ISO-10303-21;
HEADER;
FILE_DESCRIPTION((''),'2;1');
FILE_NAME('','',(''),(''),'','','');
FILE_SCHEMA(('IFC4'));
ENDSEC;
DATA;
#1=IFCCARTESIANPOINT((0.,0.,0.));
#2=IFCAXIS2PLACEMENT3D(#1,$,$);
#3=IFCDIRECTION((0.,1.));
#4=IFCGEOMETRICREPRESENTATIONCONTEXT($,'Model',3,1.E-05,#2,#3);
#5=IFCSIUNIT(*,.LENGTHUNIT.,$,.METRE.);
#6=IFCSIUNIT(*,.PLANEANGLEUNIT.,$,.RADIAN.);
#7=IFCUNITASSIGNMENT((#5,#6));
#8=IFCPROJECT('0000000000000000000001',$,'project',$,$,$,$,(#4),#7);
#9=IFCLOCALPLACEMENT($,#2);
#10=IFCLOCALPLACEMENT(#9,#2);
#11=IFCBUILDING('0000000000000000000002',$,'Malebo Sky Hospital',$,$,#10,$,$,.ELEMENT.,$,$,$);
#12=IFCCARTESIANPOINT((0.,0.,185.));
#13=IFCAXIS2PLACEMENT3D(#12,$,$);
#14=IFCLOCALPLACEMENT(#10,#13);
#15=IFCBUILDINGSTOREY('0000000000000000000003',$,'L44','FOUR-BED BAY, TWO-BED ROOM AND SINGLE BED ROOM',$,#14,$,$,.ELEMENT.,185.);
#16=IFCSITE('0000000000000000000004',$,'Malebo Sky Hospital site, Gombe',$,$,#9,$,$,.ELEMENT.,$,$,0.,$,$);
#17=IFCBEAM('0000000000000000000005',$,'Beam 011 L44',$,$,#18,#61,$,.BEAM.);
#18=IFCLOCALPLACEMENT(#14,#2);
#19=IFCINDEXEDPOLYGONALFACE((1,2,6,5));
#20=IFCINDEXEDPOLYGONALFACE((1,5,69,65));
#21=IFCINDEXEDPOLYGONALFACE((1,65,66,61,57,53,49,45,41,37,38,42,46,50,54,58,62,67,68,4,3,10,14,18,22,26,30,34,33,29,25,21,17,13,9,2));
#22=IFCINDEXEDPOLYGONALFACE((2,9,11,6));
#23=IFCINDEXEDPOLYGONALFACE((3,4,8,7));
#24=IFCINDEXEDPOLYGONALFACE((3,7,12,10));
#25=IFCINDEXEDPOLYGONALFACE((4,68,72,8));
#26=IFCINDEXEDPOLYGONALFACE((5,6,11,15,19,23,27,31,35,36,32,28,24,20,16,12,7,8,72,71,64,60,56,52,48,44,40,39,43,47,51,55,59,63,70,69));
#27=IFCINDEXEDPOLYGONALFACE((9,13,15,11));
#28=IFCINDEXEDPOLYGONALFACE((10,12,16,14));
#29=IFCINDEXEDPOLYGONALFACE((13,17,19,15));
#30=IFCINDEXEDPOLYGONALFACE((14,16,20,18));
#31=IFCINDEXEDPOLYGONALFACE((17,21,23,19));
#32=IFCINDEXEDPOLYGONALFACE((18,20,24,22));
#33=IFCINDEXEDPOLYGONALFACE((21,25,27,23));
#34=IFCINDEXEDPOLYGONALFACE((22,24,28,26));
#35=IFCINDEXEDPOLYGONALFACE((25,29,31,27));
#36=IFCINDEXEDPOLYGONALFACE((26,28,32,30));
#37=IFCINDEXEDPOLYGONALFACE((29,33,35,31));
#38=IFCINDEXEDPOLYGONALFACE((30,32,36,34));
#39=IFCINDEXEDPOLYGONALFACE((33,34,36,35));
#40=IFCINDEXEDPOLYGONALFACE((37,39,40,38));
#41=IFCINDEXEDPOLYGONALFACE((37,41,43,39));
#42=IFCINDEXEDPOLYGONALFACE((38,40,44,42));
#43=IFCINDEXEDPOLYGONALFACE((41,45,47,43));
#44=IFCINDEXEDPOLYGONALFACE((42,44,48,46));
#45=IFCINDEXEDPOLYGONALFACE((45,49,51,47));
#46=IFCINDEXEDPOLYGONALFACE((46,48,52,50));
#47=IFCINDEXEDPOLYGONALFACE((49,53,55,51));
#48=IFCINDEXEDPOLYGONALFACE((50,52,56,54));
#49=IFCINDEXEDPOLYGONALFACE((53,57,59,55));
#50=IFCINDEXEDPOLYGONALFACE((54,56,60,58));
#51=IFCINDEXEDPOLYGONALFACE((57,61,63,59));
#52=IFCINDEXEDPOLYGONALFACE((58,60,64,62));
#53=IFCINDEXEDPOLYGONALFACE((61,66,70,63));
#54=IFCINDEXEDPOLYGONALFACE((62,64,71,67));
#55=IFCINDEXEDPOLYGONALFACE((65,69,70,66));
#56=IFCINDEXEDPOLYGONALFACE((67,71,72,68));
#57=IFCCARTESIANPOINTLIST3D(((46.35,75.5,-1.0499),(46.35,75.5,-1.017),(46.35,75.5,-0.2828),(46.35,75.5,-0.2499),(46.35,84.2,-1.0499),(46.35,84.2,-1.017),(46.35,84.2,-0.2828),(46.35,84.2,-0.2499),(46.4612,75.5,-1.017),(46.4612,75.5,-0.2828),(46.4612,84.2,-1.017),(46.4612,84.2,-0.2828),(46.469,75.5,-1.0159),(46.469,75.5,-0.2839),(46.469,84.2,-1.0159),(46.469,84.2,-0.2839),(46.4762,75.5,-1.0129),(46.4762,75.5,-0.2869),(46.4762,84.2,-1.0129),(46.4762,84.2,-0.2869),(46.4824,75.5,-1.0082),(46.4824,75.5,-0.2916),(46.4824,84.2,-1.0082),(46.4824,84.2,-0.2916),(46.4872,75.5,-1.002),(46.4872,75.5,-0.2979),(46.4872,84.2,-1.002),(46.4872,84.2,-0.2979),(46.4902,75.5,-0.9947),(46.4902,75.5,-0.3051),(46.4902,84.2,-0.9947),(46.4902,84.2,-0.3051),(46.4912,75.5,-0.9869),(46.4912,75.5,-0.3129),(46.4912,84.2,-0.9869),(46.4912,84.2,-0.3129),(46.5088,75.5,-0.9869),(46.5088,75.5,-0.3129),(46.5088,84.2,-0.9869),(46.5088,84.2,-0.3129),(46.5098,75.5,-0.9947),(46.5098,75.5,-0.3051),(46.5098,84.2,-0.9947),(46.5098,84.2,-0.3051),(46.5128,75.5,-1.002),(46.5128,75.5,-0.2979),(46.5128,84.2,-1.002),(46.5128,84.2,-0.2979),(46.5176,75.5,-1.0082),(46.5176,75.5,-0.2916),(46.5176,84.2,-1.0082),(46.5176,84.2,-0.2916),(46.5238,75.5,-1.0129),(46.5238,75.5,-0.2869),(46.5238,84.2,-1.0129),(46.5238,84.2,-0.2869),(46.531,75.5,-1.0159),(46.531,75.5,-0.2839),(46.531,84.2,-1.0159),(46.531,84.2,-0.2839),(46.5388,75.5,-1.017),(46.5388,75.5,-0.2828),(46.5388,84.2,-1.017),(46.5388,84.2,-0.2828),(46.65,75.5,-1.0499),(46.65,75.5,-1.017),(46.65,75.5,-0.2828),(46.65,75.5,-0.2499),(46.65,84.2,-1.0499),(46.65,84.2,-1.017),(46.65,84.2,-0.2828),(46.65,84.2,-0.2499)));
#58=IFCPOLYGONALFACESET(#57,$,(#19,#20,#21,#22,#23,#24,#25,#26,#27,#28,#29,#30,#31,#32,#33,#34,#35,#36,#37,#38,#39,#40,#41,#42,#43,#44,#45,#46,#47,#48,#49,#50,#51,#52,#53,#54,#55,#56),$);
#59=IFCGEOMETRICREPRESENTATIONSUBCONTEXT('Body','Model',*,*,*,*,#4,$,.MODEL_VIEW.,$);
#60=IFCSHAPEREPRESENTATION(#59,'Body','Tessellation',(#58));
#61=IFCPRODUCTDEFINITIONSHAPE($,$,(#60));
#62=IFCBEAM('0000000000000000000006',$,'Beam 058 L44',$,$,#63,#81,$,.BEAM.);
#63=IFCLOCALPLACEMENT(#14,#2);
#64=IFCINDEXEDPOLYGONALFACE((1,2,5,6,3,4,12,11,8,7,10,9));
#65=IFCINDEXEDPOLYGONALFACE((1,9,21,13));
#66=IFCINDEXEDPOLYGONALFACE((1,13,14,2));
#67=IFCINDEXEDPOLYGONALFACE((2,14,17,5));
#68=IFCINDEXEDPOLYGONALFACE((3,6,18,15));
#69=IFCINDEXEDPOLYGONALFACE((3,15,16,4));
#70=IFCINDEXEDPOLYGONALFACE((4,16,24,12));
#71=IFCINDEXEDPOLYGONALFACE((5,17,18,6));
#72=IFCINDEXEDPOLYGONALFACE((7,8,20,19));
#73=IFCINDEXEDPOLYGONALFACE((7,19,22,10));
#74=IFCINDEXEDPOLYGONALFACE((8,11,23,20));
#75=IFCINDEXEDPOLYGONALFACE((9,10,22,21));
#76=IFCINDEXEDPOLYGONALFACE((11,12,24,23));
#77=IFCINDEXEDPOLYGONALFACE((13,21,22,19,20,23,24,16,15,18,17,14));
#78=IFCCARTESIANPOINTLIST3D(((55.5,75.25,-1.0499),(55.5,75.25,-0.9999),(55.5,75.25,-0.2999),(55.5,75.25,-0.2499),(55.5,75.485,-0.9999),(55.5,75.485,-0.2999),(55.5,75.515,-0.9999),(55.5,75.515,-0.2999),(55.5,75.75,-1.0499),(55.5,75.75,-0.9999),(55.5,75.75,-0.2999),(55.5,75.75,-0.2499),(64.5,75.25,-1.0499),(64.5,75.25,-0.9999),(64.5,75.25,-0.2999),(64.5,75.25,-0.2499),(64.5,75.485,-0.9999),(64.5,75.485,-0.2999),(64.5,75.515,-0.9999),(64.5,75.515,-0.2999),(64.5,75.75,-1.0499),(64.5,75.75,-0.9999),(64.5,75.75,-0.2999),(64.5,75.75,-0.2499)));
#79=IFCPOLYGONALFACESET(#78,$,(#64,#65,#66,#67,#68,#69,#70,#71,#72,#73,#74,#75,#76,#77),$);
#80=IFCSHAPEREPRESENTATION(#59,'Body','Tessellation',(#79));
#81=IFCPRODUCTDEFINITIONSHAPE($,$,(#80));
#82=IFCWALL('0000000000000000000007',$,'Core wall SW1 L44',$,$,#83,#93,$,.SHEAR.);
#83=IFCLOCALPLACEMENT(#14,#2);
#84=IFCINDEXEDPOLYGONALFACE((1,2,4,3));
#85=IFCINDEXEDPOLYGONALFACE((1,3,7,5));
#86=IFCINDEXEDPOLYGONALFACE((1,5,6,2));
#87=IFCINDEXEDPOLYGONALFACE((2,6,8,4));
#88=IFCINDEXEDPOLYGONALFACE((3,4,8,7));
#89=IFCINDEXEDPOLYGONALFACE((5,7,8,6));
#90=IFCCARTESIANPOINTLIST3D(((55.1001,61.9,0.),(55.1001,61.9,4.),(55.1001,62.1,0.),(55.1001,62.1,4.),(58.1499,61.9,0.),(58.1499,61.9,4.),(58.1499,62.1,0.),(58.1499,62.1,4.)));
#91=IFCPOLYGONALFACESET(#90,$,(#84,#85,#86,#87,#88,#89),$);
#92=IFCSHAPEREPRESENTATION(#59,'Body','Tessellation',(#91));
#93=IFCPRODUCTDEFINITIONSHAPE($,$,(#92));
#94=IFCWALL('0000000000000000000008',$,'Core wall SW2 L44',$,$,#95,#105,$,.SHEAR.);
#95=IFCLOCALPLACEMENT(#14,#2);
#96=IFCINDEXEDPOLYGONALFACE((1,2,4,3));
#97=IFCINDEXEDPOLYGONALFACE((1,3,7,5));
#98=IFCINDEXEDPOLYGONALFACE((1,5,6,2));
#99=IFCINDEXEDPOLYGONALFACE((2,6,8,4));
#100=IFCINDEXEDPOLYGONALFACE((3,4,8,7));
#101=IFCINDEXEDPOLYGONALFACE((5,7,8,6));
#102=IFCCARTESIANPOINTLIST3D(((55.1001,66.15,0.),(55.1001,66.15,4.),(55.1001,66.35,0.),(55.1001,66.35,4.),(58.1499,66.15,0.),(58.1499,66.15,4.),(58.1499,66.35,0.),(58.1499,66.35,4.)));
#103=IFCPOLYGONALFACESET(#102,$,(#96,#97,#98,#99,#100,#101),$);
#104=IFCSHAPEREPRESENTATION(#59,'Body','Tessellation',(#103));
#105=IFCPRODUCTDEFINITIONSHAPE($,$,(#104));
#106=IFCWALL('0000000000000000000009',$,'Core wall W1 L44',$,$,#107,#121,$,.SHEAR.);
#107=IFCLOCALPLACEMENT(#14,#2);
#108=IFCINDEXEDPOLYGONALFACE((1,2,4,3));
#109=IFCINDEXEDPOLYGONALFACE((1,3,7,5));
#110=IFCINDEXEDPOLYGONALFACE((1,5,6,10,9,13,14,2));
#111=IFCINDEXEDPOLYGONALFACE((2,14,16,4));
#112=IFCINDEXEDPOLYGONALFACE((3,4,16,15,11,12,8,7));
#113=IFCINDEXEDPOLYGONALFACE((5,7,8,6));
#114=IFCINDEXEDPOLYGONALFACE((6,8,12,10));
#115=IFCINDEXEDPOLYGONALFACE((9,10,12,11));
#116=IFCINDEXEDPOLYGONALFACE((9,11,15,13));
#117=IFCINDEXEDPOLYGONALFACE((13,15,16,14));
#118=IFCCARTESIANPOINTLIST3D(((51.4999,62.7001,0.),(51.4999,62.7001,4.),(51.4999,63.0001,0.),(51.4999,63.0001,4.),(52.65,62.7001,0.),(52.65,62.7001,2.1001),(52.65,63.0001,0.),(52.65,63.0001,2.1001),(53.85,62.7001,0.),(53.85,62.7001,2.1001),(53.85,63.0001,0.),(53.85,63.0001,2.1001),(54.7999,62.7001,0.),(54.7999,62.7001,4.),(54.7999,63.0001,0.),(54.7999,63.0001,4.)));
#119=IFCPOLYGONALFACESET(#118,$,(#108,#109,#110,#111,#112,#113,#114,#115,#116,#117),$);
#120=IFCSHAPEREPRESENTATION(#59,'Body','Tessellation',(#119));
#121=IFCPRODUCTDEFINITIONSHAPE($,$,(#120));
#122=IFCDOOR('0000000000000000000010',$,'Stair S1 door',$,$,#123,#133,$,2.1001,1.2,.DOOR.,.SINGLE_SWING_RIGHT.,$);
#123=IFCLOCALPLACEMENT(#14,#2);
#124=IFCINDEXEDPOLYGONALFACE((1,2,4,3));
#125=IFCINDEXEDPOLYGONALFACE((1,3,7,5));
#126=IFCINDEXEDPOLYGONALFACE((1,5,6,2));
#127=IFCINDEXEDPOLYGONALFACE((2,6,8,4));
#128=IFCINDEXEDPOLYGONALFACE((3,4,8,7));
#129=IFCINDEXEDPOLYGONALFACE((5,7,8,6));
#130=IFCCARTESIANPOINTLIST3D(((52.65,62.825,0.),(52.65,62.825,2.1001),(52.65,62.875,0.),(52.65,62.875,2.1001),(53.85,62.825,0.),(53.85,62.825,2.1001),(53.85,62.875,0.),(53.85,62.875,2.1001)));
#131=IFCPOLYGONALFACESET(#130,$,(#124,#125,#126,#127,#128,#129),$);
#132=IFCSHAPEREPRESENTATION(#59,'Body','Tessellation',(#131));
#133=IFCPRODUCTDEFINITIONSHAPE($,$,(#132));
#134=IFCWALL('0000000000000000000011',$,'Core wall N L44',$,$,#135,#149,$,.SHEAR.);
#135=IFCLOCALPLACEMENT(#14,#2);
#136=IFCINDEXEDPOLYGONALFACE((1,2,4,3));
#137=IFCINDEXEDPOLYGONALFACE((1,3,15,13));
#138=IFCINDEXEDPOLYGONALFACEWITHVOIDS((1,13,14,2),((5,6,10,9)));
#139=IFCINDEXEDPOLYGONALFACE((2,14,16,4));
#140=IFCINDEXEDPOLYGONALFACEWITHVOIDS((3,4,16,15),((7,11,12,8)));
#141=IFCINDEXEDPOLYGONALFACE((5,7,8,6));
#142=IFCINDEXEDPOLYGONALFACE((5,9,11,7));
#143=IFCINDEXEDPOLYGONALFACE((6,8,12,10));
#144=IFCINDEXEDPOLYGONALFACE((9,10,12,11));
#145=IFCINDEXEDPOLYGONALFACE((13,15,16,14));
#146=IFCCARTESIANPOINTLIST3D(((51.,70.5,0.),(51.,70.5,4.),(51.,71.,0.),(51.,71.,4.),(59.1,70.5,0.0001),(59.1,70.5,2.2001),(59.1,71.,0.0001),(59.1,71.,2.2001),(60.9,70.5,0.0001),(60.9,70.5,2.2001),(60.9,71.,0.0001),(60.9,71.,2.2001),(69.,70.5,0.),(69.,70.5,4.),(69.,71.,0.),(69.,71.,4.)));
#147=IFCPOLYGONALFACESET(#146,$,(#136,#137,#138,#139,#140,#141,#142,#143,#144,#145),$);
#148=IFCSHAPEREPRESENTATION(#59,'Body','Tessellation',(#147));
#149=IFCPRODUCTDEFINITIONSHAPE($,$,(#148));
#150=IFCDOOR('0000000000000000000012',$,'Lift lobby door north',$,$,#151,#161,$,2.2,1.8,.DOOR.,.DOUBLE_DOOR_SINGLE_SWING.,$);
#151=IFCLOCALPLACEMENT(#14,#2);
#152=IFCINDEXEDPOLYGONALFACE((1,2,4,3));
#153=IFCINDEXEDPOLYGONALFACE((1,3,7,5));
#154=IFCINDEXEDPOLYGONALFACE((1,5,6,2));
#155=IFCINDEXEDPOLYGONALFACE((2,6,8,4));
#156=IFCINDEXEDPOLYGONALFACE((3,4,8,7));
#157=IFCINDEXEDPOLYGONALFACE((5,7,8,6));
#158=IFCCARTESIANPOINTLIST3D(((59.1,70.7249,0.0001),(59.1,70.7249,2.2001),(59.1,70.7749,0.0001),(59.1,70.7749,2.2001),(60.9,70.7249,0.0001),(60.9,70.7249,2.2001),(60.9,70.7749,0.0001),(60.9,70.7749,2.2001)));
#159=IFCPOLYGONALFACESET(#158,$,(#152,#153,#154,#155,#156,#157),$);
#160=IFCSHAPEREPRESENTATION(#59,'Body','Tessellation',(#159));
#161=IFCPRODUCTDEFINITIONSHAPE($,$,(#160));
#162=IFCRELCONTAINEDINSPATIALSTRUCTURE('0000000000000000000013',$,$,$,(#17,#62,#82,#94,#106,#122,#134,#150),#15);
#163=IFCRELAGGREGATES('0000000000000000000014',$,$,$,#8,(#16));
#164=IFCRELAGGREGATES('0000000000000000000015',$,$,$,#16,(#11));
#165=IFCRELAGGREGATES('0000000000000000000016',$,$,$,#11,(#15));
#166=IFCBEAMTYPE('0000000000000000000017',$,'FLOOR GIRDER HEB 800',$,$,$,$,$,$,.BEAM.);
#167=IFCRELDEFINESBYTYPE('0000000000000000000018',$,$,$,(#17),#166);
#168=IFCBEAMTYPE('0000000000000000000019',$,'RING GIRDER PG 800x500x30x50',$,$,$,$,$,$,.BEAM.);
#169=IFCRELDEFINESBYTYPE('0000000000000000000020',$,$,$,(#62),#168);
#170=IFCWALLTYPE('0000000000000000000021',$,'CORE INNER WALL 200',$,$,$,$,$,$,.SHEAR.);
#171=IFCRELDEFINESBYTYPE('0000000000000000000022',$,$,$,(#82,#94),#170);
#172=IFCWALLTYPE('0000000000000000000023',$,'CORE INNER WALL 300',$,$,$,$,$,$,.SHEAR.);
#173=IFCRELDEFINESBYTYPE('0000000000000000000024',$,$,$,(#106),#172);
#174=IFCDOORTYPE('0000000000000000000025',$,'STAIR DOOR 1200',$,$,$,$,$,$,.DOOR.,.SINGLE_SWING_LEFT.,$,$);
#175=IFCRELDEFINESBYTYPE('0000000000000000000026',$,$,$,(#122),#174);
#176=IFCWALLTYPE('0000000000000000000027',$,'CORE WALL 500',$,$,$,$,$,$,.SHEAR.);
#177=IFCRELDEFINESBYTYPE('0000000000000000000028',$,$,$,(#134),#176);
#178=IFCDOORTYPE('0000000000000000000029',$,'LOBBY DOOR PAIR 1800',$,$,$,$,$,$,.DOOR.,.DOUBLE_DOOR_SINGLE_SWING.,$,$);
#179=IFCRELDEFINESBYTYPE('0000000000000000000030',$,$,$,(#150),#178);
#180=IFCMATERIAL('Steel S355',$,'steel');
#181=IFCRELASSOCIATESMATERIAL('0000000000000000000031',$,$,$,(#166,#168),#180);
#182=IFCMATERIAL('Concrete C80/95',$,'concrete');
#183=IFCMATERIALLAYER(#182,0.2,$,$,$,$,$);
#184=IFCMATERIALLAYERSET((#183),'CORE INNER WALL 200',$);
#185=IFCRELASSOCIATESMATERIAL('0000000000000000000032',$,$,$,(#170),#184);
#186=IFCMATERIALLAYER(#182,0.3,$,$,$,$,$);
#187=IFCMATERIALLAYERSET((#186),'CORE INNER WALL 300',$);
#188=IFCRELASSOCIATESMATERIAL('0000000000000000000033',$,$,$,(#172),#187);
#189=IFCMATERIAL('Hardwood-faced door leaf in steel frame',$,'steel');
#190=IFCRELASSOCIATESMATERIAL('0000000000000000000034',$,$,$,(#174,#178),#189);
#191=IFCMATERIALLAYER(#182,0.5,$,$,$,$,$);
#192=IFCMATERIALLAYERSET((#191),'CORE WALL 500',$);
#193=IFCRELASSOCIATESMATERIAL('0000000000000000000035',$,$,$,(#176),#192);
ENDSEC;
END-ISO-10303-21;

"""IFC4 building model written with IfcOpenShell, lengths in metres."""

from ifc_helpers import new_model, si_unit, direction, frame, frame_2d, origin, origin_2d, place, context, subcontext, project, spatial, rectangle, i_section, extrude, material, layer, layer_set, material_profile, profile_set, type_object, element, fill, save


model = new_model("IFC4")

# Units and contexts
model_context = context("Model", 3, precision=1e-05, world=origin(), true_north=direction((0.0, 1.0)))
body_context = subcontext(model_context, "Body", "Model", "MODEL_VIEW")
ifc_project = project(units=[si_unit("LENGTHUNIT", "METRE"), si_unit("PLANEANGLEUNIT", "RADIAN")], contexts=[model_context])

# Site, building, storey
site_placement = place(None, origin())
site = spatial("IfcSite", under=ifc_project, at=site_placement, Name="Malebo Sky Hospital site, Gombe", CompositionType="ELEMENT", RefElevation=0.0)
building_placement = place(site_placement, origin())
building = spatial("IfcBuilding", under=site, at=building_placement, Name="Malebo Sky Hospital", CompositionType="ELEMENT")
storey_placement = place(building_placement, frame((0.0, 0.0, 185.0)))
storey = spatial("IfcBuildingStorey", under=building, at=storey_placement, Name="L44", Description="FOUR-BED BAY, TWO-BED ROOM AND SINGLE BED ROOM", CompositionType="ELEMENT", Elevation=185.0)

# Beams
ifc_material_1 = material(Name="Steel S355", Category="steel")
ifc_material_profile_1 = material_profile(ifc_material_1, i_section(OverallWidth=0.3, OverallDepth=0.8, WebThickness=0.0176, FlangeThickness=0.033, FilletRadius=0.03, at=origin_2d()), Name="HEB 800")
ifc_profile_set_1 = profile_set([ifc_material_profile_1], Name="Steel S355")
beam_type_1 = type_object("IfcBeamType", Name="FLOOR GIRDER HEB 800", PredefinedType="BEAM", material=ifc_profile_set_1)
beam_1_placement = place(storey_placement, frame((46.5, 75.5, -0.6499), z_axis=(0.0, 1.0, 0.0), x_axis=(-1.0, 0.0, 0.0)))
element("IfcBeam", 1, at=beam_1_placement, inside=storey, type_object=beam_type_1, Name="Beam 011 L44", PredefinedType="BEAM", context=body_context, shape_type="SweptSolid", body=[
    extrude(i_section(OverallWidth=0.3, OverallDepth=0.8, WebThickness=0.0176, FlangeThickness=0.033, FilletRadius=0.03, at=origin_2d()), origin(), (0.0, 0.0, 1.0), 8.7),
])
ifc_material_profile_2 = material_profile(ifc_material_1, i_section(OverallWidth=0.5, OverallDepth=0.8, WebThickness=0.03, FlangeThickness=0.05, at=origin_2d()), Name="PG 800x500x30x50")
ifc_profile_set_2 = profile_set([ifc_material_profile_2], Name="Steel S355")
beam_type_2 = type_object("IfcBeamType", Name="RING GIRDER PG 800x500x30x50", PredefinedType="BEAM", material=ifc_profile_set_2)
beam_2_placement = place(storey_placement, frame((55.5, 75.5, -0.6499), z_axis=(1.0, 0.0, 0.0), x_axis=(0.0, 1.0, 0.0)))
element("IfcBeam", 2, at=beam_2_placement, inside=storey, type_object=beam_type_2, Name="Beam 058 L44", PredefinedType="BEAM", context=body_context, shape_type="SweptSolid", body=[
    extrude(i_section(OverallWidth=0.5, OverallDepth=0.8, WebThickness=0.03, FlangeThickness=0.05, at=origin_2d()), origin(), (0.0, 0.0, 1.0), 9.0),
])

# Walls
ifc_material_2 = material(Name="Concrete C80/95", Category="concrete")
ifc_layer_1 = layer(ifc_material_2, 0.2)
ifc_layer_set_1 = layer_set([ifc_layer_1], Name="CORE INNER WALL 200")
wall_type_1 = type_object("IfcWallType", Name="CORE INNER WALL 200", PredefinedType="SHEAR", material=ifc_layer_set_1)
for number, where, z_axis, x_axis, name in (
    (3, (55.1001, 62.0, 0.0), (0.0, 0.0, 1.0), (1.0, 0.0, 0.0), "Core wall SW1 L44"),
    (4, (55.1001, 66.25, 0.0), (0.0, 0.0, 1.0), (1.0, 0.0, 0.0), "Core wall SW2 L44"),
):
    element("IfcWall", number, at=place(storey_placement, frame(where, z_axis=z_axis, x_axis=x_axis)), inside=storey, type_object=wall_type_1, Name=name, PredefinedType="SHEAR", context=body_context, shape_type="SweptSolid", body=[
        extrude(rectangle(XDim=3.0498, YDim=0.2, at=frame_2d((1.5249, 0.0))), origin(), (0.0, 0.0, 1.0), 4.0),
    ])

# Walls, openings, doors
ifc_layer_2 = layer(ifc_material_2, 0.3)
ifc_layer_set_2 = layer_set([ifc_layer_2], Name="CORE INNER WALL 300")
wall_type_2 = type_object("IfcWallType", Name="CORE INNER WALL 300", PredefinedType="SHEAR", material=ifc_layer_set_2)
wall_1_placement = place(storey_placement, frame((51.5, 62.8501, 0.0), z_axis=(0.0, 0.0, 1.0), x_axis=(1.0, 0.0, 0.0)))
wall_1 = element("IfcWall", 5, at=wall_1_placement, inside=storey, type_object=wall_type_2, Name="Core wall W1 L44", PredefinedType="SHEAR", context=body_context, shape_type="SweptSolid", body=[
    extrude(rectangle(XDim=3.3, YDim=0.3, at=frame_2d((1.6499, 0.0))), origin(), (0.0, 0.0, 1.0), 4.0),
])
opening_1_placement = place(wall_1_placement, frame((1.1499, 0.0, 0.0)))
opening_1 = element("IfcOpeningElement", 6, at=opening_1_placement, cuts=wall_1, PredefinedType="OPENING", context=body_context, shape_type="SweptSolid", body=[
    extrude(rectangle(XDim=1.2, YDim=2.1001, at=frame_2d((0.6001, 1.05))), frame((0.0, 0.1599, 0.0), z_axis=(0.0, -1.0, 0.0), x_axis=(1.0, 0.0, 0.0)), (0.0, 0.0, 1.0), 0.3201),
])
ifc_material_3 = material(Name="Hardwood-faced door leaf in steel frame", Category="steel")
door_type_1 = type_object("IfcDoorType", Name="STAIR DOOR 1200", OperationType="SINGLE_SWING_LEFT", PredefinedType="DOOR", material=ifc_material_3)
door_1_placement = place(opening_1_placement, origin())
door_1 = element("IfcDoor", 7, at=door_1_placement, inside=storey, type_object=door_type_1, Name="Stair S1 door", OperationType="SINGLE_SWING_RIGHT", OverallHeight=2.1001, OverallWidth=1.2, PredefinedType="DOOR", context=body_context, shape_type="SweptSolid", body=[
    extrude(rectangle(XDim=1.2, YDim=2.1001, at=frame_2d((0.6001, 1.05))), frame((0.0, 0.0249, 0.0), z_axis=(0.0, -1.0, 0.0), x_axis=(1.0, 0.0, 0.0)), (0.0, 0.0, 1.0), 0.05),
])
fill(opening_1, door_1)
ifc_layer_3 = layer(ifc_material_2, 0.5)
ifc_layer_set_3 = layer_set([ifc_layer_3], Name="CORE WALL 500")
wall_type_3 = type_object("IfcWallType", Name="CORE WALL 500", PredefinedType="SHEAR", material=ifc_layer_set_3)
wall_2_placement = place(storey_placement, frame((51.0, 70.75, 0.0), z_axis=(0.0, 0.0, 1.0), x_axis=(1.0, 0.0, 0.0)))
wall_2 = element("IfcWall", 8, at=wall_2_placement, inside=storey, type_object=wall_type_3, Name="Core wall N L44", PredefinedType="SHEAR", context=body_context, shape_type="SweptSolid", body=[
    extrude(rectangle(XDim=18.0, YDim=0.5, at=frame_2d((9.0, 0.0))), origin(), (0.0, 0.0, 1.0), 4.0),
])
opening_2_placement = place(wall_2_placement, frame((8.1001, 0.0, 0.0)))
opening_2 = element("IfcOpeningElement", 9, at=opening_2_placement, cuts=wall_2, PredefinedType="OPENING", context=body_context, shape_type="SweptSolid", body=[
    extrude(rectangle(XDim=1.8, YDim=2.2, at=frame_2d((0.8999, 1.1001))), frame((0.0, 0.26, 0.0), z_axis=(0.0, -1.0, 0.0), x_axis=(1.0, 0.0, 0.0)), (0.0, 0.0, 1.0), 0.52),
])
door_type_2 = type_object("IfcDoorType", Name="LOBBY DOOR PAIR 1800", OperationType="DOUBLE_DOOR_SINGLE_SWING", PredefinedType="DOOR", material=ifc_material_3)
door_2_placement = place(opening_2_placement, origin())
door_2 = element("IfcDoor", 10, at=door_2_placement, inside=storey, type_object=door_type_2, Name="Lift lobby door north", OperationType="DOUBLE_DOOR_SINGLE_SWING", OverallHeight=2.2, OverallWidth=1.8, PredefinedType="DOOR", context=body_context, shape_type="SweptSolid", body=[
    extrude(rectangle(XDim=1.8, YDim=2.2, at=frame_2d((0.8999, 1.1001))), frame((0.0, 0.0249, 0.0), z_axis=(0.0, -1.0, 0.0), x_axis=(1.0, 0.0, 0.0)), (0.0, 0.0, 1.0), 0.05),
])
fill(opening_2, door_2)

save(model, "model.ifc")
